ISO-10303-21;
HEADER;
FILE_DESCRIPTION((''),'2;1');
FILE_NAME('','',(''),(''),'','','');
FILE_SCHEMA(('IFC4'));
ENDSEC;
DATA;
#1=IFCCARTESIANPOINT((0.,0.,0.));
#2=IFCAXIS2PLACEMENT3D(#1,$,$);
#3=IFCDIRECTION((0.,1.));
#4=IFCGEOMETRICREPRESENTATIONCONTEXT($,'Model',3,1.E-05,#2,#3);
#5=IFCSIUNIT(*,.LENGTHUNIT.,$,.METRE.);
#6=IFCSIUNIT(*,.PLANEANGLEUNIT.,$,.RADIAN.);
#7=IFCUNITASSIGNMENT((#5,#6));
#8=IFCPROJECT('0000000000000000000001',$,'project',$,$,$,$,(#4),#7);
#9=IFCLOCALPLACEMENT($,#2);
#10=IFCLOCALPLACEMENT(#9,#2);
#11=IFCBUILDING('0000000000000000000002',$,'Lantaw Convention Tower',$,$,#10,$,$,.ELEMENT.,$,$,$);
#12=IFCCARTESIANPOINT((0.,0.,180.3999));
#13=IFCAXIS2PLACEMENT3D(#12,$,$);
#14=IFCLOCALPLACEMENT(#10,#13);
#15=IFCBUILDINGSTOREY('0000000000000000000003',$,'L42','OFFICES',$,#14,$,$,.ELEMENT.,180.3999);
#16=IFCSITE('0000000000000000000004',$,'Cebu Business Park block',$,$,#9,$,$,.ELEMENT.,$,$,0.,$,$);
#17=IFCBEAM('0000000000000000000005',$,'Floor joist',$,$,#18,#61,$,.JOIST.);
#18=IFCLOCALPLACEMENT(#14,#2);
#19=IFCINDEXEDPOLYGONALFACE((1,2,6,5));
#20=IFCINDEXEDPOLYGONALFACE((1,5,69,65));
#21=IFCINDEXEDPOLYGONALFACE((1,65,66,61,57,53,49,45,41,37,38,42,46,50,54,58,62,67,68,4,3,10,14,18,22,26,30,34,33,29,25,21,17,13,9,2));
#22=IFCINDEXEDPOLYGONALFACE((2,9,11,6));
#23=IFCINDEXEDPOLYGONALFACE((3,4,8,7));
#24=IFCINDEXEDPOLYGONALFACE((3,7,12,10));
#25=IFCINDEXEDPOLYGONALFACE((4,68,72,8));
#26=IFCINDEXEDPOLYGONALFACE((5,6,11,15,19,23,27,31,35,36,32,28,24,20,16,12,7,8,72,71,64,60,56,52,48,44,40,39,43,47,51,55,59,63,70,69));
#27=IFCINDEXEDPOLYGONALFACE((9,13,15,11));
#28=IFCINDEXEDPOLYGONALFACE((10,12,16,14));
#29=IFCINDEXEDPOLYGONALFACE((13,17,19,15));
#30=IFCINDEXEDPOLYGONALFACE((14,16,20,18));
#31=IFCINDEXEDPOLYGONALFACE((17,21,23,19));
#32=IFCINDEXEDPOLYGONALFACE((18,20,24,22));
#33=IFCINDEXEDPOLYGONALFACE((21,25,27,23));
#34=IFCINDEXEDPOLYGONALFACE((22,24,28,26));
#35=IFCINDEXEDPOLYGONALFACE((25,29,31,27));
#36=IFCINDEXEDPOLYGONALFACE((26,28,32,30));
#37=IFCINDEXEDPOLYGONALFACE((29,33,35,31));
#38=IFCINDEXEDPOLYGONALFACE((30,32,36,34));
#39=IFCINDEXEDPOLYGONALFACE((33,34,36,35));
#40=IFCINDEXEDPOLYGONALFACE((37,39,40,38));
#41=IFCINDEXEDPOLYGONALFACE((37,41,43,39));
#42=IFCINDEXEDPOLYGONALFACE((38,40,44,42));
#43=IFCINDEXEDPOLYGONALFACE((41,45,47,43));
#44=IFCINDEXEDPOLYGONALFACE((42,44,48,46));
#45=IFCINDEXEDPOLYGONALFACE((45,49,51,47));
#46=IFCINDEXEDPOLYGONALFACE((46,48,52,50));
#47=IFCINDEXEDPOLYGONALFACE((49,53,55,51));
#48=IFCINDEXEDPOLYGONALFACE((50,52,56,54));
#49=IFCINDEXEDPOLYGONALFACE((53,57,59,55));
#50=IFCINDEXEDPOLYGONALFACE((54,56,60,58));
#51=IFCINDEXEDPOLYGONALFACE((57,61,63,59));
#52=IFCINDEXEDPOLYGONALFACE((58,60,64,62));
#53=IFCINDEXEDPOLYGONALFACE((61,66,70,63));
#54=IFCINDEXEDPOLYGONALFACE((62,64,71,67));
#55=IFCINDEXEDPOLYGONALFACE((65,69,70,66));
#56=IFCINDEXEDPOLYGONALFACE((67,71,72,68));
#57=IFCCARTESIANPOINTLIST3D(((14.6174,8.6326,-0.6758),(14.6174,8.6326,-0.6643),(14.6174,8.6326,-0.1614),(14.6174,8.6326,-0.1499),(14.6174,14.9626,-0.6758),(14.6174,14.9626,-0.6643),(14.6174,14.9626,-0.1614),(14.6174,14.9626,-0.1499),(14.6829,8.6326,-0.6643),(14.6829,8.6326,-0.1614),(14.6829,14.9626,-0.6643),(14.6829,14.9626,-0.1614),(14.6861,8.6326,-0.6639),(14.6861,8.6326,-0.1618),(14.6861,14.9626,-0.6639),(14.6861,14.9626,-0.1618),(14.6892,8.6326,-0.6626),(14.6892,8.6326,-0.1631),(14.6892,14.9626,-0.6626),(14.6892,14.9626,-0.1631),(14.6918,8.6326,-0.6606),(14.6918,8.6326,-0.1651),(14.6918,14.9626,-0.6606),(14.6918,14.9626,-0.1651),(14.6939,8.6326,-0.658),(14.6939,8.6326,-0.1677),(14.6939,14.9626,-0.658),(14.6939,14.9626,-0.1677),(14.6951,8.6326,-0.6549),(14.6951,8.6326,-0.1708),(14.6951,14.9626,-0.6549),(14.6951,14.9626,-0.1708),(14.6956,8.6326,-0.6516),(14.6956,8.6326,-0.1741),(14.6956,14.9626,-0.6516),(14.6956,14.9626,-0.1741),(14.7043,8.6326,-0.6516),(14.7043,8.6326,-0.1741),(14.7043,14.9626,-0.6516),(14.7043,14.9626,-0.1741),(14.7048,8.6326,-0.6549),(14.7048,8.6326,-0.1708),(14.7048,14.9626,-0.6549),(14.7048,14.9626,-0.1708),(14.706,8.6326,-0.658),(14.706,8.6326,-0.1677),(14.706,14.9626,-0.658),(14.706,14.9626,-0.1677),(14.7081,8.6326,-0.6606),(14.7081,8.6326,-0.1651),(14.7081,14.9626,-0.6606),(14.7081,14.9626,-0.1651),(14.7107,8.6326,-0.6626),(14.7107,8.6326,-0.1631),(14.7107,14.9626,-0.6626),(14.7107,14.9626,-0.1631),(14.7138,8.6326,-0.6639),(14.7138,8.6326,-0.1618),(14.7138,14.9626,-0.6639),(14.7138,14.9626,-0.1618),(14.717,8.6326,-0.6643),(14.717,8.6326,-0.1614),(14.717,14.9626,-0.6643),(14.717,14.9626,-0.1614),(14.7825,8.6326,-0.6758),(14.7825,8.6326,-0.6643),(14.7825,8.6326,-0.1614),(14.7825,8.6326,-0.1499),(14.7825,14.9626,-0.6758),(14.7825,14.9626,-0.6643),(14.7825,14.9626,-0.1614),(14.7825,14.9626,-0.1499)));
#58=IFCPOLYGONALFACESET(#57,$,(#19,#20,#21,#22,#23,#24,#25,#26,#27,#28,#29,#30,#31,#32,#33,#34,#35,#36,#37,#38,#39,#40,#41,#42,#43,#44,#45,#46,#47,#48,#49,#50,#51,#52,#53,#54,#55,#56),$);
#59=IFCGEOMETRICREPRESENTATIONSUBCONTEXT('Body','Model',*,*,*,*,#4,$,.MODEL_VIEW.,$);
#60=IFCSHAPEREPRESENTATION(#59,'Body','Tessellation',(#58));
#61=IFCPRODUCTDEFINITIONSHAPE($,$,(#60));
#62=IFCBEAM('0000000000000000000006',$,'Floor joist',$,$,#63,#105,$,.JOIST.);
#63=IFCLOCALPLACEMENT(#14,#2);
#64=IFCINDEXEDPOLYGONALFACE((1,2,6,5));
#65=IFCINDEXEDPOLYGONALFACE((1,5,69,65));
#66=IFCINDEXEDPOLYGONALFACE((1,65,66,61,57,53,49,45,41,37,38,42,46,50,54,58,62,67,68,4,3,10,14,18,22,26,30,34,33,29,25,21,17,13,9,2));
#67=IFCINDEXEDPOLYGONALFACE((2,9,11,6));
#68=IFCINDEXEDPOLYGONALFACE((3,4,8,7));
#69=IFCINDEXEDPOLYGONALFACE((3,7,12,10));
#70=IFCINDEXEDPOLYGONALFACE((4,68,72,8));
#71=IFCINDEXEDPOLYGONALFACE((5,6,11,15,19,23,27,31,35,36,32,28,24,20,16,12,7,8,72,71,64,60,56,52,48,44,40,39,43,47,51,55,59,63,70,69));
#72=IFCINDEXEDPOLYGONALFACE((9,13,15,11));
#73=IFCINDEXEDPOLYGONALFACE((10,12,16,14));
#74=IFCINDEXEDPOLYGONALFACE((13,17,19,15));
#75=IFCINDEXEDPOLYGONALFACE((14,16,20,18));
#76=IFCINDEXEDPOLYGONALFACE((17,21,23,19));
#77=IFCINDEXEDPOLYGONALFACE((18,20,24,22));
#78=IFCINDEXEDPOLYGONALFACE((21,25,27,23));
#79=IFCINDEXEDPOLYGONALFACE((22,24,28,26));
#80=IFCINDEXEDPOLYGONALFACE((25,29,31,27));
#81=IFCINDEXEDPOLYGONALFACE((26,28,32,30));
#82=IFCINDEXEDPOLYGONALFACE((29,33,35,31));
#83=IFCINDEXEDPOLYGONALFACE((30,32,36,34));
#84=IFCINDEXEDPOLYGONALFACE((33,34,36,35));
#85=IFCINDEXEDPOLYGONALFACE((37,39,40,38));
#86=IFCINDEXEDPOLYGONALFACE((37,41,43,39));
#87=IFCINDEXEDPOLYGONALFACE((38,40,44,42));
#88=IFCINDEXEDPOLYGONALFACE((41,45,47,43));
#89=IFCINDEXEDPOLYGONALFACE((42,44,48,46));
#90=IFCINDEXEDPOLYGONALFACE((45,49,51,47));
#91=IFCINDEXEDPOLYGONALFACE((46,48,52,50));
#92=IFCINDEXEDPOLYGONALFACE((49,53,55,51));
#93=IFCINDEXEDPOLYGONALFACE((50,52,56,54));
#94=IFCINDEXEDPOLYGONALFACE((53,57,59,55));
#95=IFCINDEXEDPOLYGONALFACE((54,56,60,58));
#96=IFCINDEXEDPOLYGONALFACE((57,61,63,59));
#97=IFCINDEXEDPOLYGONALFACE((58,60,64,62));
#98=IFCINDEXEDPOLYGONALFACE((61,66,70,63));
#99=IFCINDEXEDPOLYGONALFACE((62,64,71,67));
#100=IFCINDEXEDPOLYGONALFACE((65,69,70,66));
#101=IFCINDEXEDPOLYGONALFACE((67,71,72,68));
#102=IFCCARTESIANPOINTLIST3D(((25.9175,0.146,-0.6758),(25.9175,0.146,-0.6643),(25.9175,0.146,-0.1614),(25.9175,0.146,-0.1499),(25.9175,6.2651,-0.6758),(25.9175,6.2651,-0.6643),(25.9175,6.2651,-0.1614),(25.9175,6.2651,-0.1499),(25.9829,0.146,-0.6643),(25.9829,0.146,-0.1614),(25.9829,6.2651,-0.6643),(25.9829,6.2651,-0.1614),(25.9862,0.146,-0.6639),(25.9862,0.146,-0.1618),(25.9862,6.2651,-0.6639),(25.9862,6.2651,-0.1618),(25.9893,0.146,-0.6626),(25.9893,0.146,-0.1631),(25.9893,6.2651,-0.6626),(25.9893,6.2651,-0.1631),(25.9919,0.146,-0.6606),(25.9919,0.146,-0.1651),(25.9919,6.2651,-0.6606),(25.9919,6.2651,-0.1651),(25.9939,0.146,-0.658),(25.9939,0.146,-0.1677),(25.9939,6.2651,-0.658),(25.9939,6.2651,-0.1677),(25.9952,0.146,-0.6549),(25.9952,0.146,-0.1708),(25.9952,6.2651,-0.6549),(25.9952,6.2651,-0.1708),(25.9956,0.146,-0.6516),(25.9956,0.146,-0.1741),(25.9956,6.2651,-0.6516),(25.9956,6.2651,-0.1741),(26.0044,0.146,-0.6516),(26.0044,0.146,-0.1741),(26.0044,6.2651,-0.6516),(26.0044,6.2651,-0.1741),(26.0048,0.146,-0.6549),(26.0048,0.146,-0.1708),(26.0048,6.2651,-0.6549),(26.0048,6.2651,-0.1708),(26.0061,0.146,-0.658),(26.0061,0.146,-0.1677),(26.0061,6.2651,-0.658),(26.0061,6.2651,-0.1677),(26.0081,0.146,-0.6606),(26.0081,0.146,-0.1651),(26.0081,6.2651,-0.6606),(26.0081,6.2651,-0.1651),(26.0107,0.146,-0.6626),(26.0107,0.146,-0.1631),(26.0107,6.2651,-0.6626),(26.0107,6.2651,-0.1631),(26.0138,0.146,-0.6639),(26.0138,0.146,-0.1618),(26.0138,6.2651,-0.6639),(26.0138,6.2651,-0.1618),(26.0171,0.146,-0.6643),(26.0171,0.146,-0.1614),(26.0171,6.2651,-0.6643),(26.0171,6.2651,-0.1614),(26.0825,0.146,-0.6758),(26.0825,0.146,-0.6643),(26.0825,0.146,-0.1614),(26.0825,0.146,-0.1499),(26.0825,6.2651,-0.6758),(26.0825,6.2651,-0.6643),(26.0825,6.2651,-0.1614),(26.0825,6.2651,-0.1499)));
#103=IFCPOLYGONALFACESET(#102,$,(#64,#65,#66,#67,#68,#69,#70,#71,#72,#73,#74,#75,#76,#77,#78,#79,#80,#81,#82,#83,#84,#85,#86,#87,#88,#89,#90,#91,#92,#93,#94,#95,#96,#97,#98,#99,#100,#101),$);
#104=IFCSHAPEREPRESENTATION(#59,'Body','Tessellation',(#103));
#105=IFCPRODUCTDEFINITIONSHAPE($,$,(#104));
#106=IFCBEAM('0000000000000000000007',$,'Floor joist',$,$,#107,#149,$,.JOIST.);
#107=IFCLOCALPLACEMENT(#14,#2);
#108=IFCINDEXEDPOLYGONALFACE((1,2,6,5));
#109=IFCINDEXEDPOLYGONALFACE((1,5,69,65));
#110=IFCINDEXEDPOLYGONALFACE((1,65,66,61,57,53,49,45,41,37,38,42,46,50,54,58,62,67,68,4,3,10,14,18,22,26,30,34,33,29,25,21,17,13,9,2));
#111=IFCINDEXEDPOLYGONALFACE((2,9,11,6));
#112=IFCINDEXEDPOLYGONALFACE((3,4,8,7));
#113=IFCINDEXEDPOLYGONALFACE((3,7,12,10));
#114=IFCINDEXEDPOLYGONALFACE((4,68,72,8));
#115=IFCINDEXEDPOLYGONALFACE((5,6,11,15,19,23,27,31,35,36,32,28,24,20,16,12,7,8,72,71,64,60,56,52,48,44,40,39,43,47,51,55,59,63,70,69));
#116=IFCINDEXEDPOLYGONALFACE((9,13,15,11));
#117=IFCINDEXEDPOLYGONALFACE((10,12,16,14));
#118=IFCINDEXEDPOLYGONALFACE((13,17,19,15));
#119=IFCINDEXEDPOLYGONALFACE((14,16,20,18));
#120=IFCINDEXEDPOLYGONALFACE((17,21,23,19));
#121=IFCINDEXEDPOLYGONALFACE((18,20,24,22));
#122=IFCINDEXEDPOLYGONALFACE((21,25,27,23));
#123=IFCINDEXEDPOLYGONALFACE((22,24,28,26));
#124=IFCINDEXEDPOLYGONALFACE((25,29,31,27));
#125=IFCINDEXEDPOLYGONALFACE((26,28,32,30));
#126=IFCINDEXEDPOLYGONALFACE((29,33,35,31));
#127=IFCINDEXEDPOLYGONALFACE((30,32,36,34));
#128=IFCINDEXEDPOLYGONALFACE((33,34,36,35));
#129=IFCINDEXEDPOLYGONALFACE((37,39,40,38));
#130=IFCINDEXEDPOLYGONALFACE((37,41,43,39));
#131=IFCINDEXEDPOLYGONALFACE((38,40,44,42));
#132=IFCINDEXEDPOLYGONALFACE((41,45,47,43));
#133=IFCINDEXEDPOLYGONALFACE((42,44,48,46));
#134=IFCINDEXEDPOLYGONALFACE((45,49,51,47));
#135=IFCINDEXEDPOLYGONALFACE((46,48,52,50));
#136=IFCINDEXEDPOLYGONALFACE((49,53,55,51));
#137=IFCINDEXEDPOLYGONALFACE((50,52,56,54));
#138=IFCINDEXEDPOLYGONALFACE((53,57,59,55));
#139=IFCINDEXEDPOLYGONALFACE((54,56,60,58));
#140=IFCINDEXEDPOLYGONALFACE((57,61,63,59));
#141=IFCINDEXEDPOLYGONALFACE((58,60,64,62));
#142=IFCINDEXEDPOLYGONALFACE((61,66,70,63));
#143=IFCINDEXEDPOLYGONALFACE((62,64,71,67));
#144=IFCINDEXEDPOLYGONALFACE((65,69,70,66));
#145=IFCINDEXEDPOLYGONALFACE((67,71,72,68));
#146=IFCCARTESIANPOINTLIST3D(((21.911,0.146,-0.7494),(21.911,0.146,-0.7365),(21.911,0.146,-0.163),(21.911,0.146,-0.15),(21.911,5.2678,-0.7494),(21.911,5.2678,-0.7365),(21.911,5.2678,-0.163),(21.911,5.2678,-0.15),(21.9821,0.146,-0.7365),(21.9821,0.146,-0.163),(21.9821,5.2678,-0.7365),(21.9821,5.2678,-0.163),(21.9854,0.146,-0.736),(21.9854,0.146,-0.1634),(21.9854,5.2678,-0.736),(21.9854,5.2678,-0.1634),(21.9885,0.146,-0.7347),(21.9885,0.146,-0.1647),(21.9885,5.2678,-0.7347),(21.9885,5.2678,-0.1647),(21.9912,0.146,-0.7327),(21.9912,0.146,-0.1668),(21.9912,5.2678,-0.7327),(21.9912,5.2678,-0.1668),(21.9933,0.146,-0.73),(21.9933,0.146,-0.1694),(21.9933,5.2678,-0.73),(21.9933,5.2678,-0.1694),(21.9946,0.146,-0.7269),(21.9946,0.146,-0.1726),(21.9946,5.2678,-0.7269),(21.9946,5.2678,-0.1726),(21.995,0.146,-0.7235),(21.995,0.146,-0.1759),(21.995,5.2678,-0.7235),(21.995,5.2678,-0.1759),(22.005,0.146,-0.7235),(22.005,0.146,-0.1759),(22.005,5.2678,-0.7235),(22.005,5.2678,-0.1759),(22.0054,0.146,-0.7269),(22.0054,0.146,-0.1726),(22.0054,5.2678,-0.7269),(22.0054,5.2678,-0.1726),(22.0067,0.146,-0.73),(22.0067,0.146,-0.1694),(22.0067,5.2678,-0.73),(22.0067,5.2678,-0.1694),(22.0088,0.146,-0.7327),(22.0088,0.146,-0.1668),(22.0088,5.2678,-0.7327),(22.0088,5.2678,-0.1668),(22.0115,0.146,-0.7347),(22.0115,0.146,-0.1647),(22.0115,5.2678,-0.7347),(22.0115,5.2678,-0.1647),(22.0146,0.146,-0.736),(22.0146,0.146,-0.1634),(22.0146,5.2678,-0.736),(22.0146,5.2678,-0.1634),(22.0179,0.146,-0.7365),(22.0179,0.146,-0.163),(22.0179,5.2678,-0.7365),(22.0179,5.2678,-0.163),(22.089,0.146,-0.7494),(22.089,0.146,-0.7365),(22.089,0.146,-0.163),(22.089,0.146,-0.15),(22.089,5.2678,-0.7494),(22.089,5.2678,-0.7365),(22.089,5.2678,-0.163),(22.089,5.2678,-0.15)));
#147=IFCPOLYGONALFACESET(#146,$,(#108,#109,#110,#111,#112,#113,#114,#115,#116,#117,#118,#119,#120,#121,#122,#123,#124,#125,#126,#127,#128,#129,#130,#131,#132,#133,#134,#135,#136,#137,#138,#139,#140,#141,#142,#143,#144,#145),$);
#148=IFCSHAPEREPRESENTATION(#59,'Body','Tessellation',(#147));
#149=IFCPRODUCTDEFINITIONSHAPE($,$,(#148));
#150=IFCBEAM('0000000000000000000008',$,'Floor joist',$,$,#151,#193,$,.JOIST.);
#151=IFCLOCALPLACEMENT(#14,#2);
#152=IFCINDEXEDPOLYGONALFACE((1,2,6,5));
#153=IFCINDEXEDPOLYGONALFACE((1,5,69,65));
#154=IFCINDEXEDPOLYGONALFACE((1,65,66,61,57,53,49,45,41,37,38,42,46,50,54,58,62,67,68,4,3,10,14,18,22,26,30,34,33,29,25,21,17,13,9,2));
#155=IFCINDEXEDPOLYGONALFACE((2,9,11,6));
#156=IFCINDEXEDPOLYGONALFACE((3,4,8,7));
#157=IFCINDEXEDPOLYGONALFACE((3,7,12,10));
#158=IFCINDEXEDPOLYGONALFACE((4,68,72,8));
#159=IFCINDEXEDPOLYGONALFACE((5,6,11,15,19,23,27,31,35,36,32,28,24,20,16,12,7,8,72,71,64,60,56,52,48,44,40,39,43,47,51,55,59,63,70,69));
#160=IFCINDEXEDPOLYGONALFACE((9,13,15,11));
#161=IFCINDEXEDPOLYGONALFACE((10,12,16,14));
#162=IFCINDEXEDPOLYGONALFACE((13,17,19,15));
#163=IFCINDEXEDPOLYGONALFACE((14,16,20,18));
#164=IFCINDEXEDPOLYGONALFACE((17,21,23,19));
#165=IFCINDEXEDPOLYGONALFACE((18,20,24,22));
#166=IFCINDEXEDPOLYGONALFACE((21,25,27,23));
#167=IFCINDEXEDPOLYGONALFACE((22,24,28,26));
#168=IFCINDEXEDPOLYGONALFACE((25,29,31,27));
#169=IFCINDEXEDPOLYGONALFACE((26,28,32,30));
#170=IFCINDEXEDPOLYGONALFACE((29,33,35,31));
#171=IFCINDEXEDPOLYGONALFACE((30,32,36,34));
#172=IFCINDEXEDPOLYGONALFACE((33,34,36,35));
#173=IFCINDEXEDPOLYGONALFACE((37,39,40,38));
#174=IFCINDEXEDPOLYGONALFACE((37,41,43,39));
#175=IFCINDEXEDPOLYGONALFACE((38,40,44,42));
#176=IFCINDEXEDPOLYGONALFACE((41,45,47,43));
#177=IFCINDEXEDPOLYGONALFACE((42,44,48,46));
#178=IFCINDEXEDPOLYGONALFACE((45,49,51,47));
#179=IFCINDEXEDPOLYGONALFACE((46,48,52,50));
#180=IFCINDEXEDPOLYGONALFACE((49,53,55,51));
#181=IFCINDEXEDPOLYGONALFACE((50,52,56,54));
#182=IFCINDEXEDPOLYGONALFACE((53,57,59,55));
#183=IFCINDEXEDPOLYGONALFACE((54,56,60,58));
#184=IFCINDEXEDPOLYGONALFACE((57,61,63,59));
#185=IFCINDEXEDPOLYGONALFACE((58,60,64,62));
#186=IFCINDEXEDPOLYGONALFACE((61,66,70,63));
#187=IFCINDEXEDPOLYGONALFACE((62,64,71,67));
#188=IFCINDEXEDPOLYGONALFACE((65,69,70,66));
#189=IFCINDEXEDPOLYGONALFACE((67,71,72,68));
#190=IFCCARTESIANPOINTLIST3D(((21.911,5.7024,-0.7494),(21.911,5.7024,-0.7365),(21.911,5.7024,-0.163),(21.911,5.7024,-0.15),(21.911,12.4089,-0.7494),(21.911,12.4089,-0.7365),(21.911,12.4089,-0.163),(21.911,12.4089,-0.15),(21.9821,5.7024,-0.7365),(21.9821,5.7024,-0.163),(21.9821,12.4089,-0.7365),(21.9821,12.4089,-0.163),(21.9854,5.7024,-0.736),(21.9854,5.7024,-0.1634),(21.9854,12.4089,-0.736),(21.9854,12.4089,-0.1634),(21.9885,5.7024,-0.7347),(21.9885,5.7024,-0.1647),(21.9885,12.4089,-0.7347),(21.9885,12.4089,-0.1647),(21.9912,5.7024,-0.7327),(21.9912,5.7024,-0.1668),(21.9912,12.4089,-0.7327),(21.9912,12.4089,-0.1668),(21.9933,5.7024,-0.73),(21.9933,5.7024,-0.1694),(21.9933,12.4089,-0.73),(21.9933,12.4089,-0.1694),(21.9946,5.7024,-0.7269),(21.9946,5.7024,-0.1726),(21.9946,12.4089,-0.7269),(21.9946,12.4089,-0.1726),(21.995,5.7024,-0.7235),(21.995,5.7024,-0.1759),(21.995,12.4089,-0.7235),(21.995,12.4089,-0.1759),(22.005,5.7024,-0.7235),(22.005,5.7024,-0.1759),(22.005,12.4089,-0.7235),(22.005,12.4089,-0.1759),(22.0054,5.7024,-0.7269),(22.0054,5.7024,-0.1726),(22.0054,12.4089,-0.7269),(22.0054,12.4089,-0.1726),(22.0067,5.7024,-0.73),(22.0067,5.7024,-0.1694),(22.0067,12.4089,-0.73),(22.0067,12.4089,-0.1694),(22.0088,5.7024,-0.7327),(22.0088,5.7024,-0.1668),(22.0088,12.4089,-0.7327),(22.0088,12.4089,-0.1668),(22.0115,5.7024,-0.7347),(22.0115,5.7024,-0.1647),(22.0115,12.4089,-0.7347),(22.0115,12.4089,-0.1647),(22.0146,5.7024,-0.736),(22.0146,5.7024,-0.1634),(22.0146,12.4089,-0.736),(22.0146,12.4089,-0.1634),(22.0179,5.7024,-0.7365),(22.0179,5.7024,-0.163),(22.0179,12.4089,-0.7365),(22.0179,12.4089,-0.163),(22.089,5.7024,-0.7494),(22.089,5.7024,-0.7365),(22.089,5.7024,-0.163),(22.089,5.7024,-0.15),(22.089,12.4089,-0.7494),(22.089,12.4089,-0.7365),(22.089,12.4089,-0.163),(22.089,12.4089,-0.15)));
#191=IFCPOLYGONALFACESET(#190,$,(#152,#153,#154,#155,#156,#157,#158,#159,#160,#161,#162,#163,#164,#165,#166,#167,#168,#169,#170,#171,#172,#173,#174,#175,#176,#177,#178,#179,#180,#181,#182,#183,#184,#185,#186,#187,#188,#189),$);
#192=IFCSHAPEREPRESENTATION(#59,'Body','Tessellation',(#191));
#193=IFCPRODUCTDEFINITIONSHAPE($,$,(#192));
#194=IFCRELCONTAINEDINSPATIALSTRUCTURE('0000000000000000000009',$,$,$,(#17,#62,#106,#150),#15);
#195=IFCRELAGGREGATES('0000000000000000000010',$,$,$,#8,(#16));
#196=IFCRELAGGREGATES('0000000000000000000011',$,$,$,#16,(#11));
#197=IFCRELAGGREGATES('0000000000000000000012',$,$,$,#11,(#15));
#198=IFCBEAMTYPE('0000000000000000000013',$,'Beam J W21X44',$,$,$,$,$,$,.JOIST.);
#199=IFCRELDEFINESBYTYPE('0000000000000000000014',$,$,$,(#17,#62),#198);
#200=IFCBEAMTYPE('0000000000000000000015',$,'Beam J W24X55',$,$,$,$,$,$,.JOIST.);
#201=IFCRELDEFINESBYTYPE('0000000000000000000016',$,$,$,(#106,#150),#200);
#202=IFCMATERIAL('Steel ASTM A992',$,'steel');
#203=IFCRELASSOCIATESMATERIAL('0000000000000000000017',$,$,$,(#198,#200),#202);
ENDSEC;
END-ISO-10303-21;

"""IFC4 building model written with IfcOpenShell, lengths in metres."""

from ifc_helpers import new_model, si_unit, direction, frame, origin, origin_2d, place, context, subcontext, project, spatial, i_section, extrude, material, material_profile, profile_set, type_object, element, save


model = new_model("IFC4")

# Units and contexts
model_context = context("Model", 3, precision=1e-05, world=origin(), true_north=direction((0.0, 1.0)))
body_context = subcontext(model_context, "Body", "Model", "MODEL_VIEW")
ifc_project = project(units=[si_unit("LENGTHUNIT", "METRE"), si_unit("PLANEANGLEUNIT", "RADIAN")], contexts=[model_context])

# Site, building, storey
site_placement = place(None, origin())
site = spatial("IfcSite", under=ifc_project, at=site_placement, Name="Cebu Business Park block", CompositionType="ELEMENT", RefElevation=0.0)
building_placement = place(site_placement, origin())
building = spatial("IfcBuilding", under=site, at=building_placement, Name="Lantaw Convention Tower", CompositionType="ELEMENT")
storey_placement = place(building_placement, frame((0.0, 0.0, 180.3999)))
storey = spatial("IfcBuildingStorey", under=building, at=storey_placement, Name="L42", Description="OFFICES", CompositionType="ELEMENT", Elevation=180.3999)

# Beams
ifc_material_1 = material(Name="Steel ASTM A992", Category="steel")
ifc_material_profile_1 = material_profile(ifc_material_1, i_section(OverallWidth=0.165, OverallDepth=0.5259, WebThickness=0.0088, FlangeThickness=0.0115, FilletRadius=0.0127, at=origin_2d()), Name="W21X44")
ifc_profile_set_1 = profile_set([ifc_material_profile_1], Name="Steel ASTM A992")
beam_type_1 = type_object("IfcBeamType", Name="Beam J W21X44", PredefinedType="JOIST", material=ifc_profile_set_1)
beam_1_placement = place(storey_placement, frame((14.7, 8.6326, -0.4128), z_axis=(0.0, 1.0, 0.0), x_axis=(-1.0, 0.0, 0.0)))
element("IfcBeam", 1, at=beam_1_placement, inside=storey, type_object=beam_type_1, Name="Floor joist", PredefinedType="JOIST", context=body_context, shape_type="SweptSolid", body=[
    extrude(i_section(OverallWidth=0.165, OverallDepth=0.5259, WebThickness=0.0088, FlangeThickness=0.0115, FilletRadius=0.0127, at=origin_2d()), origin(), (0.0, 0.0, 1.0), 6.3301),
])
beam_2_placement = place(storey_placement, frame((26.0, 0.146, -0.4128), z_axis=(0.0, 1.0, 0.0), x_axis=(-1.0, 0.0, 0.0)))
element("IfcBeam", 2, at=beam_2_placement, inside=storey, type_object=beam_type_1, Name="Floor joist", PredefinedType="JOIST", context=body_context, shape_type="SweptSolid", body=[
    extrude(i_section(OverallWidth=0.165, OverallDepth=0.5259, WebThickness=0.0088, FlangeThickness=0.0115, FilletRadius=0.0127, at=origin_2d()), origin(), (0.0, 0.0, 1.0), 6.1191),
])
ifc_material_profile_2 = material_profile(ifc_material_1, i_section(OverallWidth=0.178, OverallDepth=0.5994, WebThickness=0.01, FlangeThickness=0.0129, FilletRadius=0.0129, at=origin_2d()), Name="W24X55")
ifc_profile_set_2 = profile_set([ifc_material_profile_2], Name="Steel ASTM A992")
beam_type_2 = type_object("IfcBeamType", Name="Beam J W24X55", PredefinedType="JOIST", material=ifc_profile_set_2)
beam_3_placement = place(storey_placement, frame((22.0, 0.146, -0.4497), z_axis=(0.0, 1.0, 0.0), x_axis=(-1.0, 0.0, 0.0)))
element("IfcBeam", 3, at=beam_3_placement, inside=storey, type_object=beam_type_2, Name="Floor joist", PredefinedType="JOIST", context=body_context, shape_type="SweptSolid", body=[
    extrude(i_section(OverallWidth=0.178, OverallDepth=0.5994, WebThickness=0.01, FlangeThickness=0.0129, FilletRadius=0.0129, at=origin_2d()), origin(), (0.0, 0.0, 1.0), 5.1218),
])
beam_4_placement = place(storey_placement, frame((22.0, 5.7024, -0.4497), z_axis=(0.0, 1.0, 0.0), x_axis=(-1.0, 0.0, 0.0)))
element("IfcBeam", 4, at=beam_4_placement, inside=storey, type_object=beam_type_2, Name="Floor joist", PredefinedType="JOIST", context=body_context, shape_type="SweptSolid", body=[
    extrude(i_section(OverallWidth=0.178, OverallDepth=0.5994, WebThickness=0.01, FlangeThickness=0.0129, FilletRadius=0.0129, at=origin_2d()), origin(), (0.0, 0.0, 1.0), 6.7065),
])

save(model, "model.ifc")
